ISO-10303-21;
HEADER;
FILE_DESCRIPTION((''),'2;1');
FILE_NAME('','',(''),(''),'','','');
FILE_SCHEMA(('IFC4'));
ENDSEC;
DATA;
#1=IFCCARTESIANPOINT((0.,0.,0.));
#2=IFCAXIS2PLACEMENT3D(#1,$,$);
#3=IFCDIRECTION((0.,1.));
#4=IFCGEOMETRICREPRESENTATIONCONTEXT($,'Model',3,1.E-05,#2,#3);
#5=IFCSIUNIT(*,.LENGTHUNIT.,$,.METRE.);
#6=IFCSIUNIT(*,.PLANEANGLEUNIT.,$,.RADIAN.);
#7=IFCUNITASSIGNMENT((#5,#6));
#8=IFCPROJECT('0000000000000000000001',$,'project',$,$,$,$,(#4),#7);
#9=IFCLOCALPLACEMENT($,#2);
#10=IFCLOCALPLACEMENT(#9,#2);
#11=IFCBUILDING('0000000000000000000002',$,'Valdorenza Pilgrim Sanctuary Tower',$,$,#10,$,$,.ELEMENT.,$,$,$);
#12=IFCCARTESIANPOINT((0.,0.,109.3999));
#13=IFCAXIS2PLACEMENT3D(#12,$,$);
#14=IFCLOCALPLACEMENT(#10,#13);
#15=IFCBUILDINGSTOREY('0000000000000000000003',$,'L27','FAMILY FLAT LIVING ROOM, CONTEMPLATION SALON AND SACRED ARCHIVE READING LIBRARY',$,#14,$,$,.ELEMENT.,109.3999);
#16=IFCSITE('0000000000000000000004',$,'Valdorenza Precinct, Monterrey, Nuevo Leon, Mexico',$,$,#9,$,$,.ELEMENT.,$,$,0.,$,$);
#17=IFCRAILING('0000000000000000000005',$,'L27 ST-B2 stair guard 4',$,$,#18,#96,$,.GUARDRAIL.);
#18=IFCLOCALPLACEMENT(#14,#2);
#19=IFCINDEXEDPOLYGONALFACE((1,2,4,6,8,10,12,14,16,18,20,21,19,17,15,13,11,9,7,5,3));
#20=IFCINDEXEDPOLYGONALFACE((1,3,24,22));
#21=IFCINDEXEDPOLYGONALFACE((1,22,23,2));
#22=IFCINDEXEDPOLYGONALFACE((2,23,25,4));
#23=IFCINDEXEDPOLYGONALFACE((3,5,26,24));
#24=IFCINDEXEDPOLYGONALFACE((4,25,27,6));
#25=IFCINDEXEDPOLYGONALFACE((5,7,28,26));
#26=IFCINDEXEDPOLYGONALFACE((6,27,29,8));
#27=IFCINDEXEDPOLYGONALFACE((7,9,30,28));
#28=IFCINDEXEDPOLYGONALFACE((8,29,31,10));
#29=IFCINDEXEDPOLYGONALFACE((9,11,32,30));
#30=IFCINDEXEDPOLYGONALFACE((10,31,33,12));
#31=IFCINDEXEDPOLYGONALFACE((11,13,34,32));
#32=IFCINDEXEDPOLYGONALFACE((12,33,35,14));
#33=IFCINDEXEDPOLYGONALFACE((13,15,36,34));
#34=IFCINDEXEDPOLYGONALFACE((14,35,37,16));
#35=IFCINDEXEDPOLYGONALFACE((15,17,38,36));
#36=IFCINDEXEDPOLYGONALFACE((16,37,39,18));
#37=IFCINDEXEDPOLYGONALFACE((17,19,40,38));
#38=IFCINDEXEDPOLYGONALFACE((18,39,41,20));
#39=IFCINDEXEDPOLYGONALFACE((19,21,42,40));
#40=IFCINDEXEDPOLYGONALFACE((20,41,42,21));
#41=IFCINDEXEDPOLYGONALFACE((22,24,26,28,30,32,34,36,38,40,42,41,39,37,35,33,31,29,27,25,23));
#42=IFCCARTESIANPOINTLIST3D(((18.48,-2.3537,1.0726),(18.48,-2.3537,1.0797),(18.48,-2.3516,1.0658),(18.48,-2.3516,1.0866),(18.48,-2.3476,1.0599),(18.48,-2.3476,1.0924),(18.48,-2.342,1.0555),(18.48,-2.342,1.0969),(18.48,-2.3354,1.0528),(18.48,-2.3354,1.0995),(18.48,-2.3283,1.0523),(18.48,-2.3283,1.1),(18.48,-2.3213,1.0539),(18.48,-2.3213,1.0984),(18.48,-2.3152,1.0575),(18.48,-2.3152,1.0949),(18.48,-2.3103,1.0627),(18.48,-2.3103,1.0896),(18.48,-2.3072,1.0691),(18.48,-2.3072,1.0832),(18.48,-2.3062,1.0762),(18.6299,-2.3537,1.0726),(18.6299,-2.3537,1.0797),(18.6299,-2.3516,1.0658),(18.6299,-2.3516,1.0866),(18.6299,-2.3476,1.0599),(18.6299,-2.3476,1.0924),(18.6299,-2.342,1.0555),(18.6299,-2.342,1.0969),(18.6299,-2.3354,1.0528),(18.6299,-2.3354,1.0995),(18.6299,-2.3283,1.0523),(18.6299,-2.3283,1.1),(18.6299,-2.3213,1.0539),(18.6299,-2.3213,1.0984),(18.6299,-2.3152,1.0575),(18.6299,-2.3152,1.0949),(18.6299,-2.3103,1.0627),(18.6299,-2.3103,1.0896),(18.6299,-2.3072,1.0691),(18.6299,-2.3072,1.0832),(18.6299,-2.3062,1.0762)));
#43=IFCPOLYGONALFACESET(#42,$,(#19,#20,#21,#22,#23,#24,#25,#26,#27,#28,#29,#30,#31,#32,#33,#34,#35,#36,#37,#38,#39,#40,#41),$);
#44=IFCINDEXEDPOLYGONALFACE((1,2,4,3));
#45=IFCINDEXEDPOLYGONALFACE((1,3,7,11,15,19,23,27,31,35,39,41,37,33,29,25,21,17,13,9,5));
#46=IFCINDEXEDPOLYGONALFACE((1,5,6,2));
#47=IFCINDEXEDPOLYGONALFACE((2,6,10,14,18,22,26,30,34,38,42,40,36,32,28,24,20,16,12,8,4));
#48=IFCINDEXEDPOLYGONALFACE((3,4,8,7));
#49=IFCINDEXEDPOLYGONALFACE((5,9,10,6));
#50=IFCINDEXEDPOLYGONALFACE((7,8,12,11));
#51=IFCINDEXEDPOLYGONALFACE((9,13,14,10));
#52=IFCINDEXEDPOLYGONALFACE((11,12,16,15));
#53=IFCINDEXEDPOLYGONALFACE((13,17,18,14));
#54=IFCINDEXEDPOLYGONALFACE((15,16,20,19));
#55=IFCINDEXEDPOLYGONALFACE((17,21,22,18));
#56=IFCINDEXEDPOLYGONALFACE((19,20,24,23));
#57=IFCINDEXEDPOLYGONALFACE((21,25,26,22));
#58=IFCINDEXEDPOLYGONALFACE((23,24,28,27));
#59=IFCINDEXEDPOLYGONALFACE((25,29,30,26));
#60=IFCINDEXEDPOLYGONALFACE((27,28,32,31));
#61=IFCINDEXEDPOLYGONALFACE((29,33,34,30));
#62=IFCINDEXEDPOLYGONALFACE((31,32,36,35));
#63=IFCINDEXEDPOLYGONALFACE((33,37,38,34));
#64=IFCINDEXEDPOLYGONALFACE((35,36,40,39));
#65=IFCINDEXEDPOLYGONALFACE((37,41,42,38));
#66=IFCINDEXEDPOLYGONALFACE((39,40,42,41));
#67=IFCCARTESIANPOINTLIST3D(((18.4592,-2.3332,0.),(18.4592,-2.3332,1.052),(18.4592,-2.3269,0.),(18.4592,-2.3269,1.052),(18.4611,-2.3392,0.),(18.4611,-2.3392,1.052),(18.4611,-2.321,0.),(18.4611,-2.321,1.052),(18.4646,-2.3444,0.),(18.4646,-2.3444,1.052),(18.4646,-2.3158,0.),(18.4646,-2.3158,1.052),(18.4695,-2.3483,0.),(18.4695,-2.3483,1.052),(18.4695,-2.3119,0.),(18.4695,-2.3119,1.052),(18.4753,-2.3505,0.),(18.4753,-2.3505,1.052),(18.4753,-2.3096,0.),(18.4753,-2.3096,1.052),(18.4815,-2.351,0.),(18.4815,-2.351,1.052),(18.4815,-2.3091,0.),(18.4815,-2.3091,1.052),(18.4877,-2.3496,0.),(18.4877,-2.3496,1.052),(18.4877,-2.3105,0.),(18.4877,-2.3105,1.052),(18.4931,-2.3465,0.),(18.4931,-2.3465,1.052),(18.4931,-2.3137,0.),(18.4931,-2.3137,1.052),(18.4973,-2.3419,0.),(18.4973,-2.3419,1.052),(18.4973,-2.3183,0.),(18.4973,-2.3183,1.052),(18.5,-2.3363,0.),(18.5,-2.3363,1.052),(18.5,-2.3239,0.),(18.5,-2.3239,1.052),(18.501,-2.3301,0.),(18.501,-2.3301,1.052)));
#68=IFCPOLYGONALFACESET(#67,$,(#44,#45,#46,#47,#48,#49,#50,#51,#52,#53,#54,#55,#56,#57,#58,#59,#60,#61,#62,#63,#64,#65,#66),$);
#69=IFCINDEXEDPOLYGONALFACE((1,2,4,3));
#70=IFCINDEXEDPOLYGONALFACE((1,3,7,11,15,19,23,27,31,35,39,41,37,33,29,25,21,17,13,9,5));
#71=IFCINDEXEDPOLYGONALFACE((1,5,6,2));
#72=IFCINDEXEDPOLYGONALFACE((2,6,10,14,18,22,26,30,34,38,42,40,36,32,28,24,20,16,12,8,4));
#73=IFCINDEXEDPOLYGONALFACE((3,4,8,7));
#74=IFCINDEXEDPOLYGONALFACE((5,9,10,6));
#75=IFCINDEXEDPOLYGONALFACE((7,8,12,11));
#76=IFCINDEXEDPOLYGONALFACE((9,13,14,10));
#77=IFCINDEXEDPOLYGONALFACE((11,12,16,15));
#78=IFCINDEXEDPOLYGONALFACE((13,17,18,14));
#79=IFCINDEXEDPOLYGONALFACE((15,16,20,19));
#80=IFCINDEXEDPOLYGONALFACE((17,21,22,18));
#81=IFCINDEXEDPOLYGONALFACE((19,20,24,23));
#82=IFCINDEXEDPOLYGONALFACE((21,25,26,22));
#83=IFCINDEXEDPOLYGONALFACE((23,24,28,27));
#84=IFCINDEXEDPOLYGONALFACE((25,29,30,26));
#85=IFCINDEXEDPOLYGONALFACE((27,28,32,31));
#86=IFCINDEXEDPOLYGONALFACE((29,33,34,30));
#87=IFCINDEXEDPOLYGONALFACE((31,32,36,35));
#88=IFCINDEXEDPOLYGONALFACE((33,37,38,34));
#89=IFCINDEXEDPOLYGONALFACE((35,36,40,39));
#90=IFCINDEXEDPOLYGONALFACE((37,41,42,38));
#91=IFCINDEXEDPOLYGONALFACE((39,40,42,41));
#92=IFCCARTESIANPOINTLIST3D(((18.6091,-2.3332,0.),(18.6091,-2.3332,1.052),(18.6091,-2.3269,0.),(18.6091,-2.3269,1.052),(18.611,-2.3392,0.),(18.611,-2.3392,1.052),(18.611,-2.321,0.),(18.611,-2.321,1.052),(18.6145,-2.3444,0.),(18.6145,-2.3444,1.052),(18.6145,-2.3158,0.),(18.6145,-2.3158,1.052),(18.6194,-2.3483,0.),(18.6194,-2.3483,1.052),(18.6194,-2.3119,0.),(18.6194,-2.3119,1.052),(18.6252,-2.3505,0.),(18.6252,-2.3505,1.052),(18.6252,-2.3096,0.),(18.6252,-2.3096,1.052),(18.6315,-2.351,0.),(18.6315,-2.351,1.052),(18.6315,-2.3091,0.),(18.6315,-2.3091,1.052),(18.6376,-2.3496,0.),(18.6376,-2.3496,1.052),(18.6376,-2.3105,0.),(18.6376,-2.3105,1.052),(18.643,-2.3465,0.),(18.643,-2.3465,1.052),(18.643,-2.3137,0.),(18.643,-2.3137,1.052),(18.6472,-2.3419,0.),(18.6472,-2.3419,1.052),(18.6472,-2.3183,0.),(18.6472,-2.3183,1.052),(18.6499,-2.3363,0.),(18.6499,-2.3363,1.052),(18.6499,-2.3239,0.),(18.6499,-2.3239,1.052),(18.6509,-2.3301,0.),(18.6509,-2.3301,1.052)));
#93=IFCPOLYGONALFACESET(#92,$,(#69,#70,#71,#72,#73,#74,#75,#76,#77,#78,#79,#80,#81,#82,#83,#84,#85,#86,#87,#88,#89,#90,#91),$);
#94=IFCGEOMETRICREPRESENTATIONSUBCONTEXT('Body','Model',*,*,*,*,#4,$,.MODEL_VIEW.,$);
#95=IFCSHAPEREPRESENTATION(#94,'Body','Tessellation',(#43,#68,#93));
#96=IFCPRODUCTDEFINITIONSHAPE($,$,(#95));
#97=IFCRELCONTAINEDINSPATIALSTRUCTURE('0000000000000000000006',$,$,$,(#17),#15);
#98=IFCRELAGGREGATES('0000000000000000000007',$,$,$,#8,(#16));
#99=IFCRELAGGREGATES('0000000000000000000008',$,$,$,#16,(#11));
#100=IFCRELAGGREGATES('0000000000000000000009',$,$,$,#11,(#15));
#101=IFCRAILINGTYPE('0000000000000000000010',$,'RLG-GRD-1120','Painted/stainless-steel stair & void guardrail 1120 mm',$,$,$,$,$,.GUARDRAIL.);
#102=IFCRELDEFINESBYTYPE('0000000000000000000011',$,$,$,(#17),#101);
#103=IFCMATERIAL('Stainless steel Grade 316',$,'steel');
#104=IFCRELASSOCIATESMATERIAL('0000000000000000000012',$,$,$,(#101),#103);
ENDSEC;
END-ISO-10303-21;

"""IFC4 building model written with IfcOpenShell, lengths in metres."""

from ifc_helpers import new_model, si_unit, direction, frame, origin, origin_2d, place, context, subcontext, project, spatial, circle, extrude, material, type_object, element, save


model = new_model("IFC4")

# Units and contexts
model_context = context("Model", 3, precision=1e-05, world=origin(), true_north=direction((0.0, 1.0)))
body_context = subcontext(model_context, "Body", "Model", "MODEL_VIEW")
ifc_project = project(units=[si_unit("LENGTHUNIT", "METRE"), si_unit("PLANEANGLEUNIT", "RADIAN")], contexts=[model_context])

# Site, building, storey
site_placement = place(None, origin())
site = spatial("IfcSite", under=ifc_project, at=site_placement, Name="Valdorenza Precinct, Monterrey, Nuevo Leon, Mexico", CompositionType="ELEMENT", RefElevation=0.0)
building_placement = place(site_placement, origin())
building = spatial("IfcBuilding", under=site, at=building_placement, Name="Valdorenza Pilgrim Sanctuary Tower", CompositionType="ELEMENT")
storey_placement = place(building_placement, frame((0.0, 0.0, 109.3999)))
storey = spatial("IfcBuildingStorey", under=building, at=storey_placement, Name="L27", Description="FAMILY FLAT LIVING ROOM, CONTEMPLATION SALON AND SACRED ARCHIVE READING LIBRARY", CompositionType="ELEMENT", Elevation=109.3999)

# Railing
ifc_material_1 = material(Name="Stainless steel Grade 316", Category="steel")
railing_type_1 = type_object("IfcRailingType", Name="RLG-GRD-1120", Description="Painted/stainless-steel stair & void guardrail 1120 mm", PredefinedType="GUARDRAIL", material=ifc_material_1)
railing_1_placement = place(storey_placement, frame((18.48, -2.3301, 0.0)))
element("IfcRailing", 1, at=railing_1_placement, inside=storey, type_object=railing_type_1, Name="L27 ST-B2 stair guard 4", PredefinedType="GUARDRAIL", context=body_context, shape_type="SweptSolid", body=[
    extrude(circle(Radius=0.0239, at=origin_2d()), frame((0.0, 0.0, 1.0762), z_axis=(1.0, 0.0, 0.0), x_axis=(0.0, 1.0, 0.0)), (0.0, 0.0, 1.0), 0.1499),
    extrude(circle(Radius=0.021, at=origin_2d()), origin(), (0.0, 0.0, 1.0), 1.052),
    extrude(circle(Radius=0.021, at=origin_2d()), frame((0.1499, 0.0, 0.0)), (0.0, 0.0, 1.0), 1.052),
])

save(model, "model.ifc")
